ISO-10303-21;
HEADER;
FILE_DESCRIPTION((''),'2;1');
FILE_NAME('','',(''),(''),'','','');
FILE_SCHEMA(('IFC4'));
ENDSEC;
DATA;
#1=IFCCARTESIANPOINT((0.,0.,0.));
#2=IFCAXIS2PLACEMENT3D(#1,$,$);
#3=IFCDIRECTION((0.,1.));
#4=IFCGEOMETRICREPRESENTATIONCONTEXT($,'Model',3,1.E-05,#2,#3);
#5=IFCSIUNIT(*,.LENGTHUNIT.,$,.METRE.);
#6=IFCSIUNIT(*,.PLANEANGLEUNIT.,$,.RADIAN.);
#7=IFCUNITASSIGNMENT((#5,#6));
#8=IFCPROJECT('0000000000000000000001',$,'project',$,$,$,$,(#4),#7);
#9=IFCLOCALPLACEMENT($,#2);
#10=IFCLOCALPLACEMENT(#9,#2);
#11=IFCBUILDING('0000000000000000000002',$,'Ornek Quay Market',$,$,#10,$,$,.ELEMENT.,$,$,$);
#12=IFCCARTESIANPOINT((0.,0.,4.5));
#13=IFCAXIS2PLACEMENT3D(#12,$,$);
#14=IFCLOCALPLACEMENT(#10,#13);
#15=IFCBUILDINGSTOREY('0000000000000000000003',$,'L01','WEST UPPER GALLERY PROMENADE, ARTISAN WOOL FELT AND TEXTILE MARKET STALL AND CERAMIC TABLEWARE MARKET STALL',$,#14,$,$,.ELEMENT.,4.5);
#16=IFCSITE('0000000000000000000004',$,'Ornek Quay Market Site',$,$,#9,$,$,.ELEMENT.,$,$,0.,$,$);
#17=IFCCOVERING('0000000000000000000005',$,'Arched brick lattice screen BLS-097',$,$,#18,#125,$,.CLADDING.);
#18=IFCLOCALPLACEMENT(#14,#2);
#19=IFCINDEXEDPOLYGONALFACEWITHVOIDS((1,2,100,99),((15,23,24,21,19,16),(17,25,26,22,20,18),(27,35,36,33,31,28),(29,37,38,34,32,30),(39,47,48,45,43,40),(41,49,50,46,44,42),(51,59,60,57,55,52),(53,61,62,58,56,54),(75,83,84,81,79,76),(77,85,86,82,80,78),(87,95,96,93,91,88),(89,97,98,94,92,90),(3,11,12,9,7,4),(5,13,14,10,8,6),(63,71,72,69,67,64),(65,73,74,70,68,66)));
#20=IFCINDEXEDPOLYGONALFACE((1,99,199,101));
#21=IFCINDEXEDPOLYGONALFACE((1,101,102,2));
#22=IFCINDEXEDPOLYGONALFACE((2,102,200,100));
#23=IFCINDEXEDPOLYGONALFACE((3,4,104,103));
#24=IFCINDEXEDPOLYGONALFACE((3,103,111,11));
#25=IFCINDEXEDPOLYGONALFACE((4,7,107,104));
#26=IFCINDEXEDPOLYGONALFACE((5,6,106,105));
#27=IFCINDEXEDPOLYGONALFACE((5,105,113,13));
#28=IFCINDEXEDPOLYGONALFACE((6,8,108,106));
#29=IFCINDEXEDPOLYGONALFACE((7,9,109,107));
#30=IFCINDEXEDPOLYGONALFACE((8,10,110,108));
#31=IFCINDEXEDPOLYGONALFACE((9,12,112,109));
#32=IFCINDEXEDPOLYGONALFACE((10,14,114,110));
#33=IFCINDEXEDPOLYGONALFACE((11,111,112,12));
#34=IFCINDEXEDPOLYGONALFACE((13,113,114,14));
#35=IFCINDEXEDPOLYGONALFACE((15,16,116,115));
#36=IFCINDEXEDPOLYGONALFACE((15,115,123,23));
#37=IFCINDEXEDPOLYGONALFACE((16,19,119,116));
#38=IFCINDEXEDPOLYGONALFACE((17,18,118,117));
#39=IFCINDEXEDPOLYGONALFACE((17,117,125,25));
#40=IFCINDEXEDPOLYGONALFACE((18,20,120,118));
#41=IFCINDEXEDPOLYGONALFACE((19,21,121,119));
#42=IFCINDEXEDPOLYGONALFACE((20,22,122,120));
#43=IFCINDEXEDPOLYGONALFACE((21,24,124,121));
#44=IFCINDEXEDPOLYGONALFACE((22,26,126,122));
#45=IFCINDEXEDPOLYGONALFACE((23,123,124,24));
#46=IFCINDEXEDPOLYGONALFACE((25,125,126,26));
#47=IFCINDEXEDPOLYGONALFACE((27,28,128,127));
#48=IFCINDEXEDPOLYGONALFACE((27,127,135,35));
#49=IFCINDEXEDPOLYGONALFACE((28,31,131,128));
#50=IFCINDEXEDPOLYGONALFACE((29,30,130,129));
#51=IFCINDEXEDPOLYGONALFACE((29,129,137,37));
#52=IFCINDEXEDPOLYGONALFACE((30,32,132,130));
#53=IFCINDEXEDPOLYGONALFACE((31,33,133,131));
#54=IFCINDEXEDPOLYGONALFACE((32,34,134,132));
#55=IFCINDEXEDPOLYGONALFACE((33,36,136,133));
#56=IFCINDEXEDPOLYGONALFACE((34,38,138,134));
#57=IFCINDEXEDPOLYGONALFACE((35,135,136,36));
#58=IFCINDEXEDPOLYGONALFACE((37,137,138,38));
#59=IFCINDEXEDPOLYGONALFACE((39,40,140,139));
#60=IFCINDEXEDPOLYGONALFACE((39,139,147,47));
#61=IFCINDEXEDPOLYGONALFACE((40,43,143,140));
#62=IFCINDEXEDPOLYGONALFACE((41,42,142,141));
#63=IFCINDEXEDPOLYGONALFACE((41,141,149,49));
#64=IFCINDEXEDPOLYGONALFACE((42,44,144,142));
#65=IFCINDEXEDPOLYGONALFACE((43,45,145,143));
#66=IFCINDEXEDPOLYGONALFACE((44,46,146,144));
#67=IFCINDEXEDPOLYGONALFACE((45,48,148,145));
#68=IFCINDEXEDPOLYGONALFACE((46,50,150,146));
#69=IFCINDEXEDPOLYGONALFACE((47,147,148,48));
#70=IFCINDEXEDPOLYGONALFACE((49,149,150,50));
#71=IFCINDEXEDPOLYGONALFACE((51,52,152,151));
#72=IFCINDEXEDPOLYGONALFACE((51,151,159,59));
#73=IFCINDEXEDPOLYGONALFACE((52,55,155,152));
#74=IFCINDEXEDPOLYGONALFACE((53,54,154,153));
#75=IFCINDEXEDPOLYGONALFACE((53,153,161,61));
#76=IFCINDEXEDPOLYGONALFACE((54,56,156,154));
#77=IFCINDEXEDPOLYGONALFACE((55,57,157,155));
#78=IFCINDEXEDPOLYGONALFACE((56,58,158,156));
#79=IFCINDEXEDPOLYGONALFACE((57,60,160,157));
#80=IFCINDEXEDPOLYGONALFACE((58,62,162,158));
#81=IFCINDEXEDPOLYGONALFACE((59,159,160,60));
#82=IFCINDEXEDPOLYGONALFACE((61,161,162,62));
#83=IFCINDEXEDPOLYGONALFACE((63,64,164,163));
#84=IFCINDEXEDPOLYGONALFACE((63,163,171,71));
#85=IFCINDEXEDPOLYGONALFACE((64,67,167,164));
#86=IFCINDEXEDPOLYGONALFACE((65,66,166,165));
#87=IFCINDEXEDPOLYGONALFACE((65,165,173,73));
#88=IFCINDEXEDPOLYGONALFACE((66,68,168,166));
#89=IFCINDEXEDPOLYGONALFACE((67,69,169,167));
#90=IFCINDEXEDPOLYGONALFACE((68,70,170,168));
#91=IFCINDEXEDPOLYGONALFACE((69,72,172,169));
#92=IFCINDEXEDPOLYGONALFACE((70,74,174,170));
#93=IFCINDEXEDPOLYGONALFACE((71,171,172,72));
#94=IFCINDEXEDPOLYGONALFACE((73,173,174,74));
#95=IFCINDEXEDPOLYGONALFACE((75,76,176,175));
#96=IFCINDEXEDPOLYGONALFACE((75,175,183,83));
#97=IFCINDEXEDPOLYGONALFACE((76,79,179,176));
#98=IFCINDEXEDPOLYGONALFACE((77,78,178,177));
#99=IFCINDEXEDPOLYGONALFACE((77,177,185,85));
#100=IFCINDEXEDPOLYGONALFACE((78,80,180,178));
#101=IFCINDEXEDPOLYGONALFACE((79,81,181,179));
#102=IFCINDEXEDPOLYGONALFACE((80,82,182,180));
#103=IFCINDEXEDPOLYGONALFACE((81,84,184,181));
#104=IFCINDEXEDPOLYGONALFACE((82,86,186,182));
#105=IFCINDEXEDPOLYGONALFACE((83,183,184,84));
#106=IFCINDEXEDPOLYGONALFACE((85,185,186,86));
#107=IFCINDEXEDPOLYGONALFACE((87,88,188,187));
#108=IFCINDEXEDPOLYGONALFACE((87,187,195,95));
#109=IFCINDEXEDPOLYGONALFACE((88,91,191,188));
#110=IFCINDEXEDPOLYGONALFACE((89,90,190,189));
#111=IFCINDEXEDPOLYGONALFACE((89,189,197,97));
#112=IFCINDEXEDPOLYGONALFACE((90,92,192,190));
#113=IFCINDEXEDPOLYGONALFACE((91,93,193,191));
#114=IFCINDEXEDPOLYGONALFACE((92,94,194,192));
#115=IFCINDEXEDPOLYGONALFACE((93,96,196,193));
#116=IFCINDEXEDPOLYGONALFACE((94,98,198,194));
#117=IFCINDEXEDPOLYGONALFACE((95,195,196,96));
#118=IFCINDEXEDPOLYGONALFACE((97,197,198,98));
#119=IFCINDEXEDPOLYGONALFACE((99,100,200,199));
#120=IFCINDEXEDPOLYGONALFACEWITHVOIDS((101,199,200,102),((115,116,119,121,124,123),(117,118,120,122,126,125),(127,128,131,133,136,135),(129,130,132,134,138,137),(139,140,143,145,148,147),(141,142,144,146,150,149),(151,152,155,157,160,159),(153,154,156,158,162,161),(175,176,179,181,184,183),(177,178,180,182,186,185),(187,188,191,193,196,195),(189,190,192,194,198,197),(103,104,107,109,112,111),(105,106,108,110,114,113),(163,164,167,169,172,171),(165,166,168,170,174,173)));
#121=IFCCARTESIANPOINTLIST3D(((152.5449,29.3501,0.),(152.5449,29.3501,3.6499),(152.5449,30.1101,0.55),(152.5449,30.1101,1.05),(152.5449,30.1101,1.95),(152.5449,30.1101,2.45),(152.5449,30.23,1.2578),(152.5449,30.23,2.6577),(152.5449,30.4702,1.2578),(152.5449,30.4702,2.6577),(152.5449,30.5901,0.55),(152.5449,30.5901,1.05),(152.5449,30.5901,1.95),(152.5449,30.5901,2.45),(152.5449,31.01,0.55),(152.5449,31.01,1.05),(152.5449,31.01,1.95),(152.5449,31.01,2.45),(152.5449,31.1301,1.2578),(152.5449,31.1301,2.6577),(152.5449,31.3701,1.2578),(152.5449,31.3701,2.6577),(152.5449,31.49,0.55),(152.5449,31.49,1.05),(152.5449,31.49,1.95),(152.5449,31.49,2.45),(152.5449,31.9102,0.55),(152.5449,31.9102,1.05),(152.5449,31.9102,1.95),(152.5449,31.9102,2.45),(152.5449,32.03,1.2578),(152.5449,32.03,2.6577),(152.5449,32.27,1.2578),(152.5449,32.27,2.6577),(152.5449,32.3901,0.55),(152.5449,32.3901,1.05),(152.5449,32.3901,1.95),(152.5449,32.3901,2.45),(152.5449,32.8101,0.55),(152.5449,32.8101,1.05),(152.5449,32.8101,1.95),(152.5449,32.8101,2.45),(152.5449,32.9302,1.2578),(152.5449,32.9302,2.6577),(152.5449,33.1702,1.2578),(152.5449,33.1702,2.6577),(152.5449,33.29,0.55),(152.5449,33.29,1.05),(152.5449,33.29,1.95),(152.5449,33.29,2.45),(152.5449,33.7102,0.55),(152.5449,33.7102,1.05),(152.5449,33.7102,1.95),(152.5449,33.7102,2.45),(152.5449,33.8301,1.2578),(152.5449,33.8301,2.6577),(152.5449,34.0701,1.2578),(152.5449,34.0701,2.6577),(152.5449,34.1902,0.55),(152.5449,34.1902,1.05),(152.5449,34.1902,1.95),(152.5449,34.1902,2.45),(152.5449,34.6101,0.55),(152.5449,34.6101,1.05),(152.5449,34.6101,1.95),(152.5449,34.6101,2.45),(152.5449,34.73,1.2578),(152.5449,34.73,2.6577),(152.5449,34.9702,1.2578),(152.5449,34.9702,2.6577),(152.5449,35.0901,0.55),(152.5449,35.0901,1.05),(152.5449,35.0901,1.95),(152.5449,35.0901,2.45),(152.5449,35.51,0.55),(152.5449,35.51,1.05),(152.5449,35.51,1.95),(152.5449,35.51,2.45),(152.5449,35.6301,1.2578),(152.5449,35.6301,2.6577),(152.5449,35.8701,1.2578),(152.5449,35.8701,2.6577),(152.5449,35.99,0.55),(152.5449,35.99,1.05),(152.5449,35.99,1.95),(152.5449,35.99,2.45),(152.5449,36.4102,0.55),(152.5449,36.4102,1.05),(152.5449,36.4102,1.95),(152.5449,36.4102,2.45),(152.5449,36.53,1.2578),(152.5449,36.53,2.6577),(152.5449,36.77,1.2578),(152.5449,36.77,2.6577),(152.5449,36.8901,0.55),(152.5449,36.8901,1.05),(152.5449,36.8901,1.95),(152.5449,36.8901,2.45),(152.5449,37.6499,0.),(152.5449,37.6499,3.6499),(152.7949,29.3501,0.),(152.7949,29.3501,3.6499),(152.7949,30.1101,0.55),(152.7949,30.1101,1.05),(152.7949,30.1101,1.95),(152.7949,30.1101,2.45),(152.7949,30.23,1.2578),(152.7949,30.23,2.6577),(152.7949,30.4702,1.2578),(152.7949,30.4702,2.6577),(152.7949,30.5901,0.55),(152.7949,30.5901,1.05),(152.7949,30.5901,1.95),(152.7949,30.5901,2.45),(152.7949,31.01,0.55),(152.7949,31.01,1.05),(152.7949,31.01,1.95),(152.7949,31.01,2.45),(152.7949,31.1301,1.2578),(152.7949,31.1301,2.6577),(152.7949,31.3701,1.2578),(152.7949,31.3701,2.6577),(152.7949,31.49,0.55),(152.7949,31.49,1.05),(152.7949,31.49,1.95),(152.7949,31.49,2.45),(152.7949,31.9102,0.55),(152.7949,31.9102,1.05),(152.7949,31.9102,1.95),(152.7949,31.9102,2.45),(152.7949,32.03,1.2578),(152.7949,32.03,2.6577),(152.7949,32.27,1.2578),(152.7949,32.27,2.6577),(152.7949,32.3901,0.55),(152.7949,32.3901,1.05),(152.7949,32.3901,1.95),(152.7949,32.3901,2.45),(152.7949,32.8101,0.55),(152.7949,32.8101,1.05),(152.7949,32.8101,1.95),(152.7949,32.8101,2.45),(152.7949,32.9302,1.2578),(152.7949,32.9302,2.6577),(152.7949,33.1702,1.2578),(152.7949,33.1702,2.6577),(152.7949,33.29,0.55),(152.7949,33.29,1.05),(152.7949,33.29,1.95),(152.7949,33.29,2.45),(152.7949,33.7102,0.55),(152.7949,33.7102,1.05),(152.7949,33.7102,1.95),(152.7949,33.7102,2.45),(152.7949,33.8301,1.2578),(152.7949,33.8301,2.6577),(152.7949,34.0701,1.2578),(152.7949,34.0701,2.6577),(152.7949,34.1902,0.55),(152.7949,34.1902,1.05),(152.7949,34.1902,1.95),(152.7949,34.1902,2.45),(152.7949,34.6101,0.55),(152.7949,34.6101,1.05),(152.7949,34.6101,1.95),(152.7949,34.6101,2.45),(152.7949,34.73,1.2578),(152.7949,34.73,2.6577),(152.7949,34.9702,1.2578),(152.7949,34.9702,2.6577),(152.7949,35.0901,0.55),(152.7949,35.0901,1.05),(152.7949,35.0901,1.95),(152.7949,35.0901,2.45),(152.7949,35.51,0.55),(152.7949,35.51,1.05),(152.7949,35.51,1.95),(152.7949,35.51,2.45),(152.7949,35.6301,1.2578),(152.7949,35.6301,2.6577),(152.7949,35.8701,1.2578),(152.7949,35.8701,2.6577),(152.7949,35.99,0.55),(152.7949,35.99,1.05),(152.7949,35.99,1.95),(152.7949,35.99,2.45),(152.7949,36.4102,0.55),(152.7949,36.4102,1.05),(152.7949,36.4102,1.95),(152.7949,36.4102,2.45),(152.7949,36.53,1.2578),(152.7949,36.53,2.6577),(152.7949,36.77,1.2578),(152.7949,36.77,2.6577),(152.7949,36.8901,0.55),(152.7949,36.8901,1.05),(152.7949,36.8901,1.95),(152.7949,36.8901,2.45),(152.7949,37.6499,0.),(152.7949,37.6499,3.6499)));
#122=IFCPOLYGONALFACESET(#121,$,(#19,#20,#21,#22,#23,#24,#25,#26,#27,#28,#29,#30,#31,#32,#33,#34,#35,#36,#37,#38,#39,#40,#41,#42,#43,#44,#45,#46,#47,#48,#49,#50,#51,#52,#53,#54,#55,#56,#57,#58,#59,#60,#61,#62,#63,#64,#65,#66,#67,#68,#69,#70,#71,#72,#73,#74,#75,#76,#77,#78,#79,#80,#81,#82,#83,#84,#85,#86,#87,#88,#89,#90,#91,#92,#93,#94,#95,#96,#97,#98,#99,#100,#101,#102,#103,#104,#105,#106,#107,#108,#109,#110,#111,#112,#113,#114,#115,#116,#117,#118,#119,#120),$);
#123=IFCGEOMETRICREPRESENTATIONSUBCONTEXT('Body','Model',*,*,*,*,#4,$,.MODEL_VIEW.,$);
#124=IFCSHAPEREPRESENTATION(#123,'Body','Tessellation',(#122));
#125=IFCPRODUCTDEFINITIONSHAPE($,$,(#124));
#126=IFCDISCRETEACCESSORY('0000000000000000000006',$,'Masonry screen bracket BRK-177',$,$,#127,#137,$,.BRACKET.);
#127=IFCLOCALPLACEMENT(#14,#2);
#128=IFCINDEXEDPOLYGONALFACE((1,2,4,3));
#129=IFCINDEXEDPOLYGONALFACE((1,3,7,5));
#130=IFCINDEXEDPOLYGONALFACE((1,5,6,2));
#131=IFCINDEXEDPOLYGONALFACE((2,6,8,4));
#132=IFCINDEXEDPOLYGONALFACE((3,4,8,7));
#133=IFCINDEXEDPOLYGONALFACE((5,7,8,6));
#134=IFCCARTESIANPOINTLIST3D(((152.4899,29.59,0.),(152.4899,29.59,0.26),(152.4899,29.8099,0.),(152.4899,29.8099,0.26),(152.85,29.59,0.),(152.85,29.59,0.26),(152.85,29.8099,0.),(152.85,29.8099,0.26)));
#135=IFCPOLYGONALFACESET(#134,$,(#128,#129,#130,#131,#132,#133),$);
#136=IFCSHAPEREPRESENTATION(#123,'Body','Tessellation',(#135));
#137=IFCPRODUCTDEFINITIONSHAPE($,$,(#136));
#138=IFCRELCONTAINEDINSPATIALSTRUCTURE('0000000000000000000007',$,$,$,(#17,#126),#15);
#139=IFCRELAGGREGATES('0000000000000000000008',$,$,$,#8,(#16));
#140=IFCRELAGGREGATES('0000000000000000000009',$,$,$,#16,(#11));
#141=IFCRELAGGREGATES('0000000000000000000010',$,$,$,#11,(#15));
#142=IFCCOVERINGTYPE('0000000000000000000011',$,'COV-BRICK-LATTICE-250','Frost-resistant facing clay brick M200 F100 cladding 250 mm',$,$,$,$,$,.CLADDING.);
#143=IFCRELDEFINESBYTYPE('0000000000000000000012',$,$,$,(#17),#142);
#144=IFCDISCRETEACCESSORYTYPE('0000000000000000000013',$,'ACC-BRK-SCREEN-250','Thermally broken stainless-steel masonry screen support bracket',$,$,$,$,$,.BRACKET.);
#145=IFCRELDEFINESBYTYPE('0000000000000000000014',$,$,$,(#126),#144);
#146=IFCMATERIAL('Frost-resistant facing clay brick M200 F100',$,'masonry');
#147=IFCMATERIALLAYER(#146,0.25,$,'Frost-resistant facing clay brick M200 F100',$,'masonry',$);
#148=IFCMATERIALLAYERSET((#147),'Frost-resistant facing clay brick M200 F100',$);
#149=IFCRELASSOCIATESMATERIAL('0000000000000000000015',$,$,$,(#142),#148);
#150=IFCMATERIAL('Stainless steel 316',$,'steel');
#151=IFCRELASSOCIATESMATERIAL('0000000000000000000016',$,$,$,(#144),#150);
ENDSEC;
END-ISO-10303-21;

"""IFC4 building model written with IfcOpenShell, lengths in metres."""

from ifc_helpers import new_model, si_unit, direction, frame, origin, origin_2d, place, context, subcontext, project, spatial, polyline, rectangle, outline, extrude, material, layer, layer_set, type_object, element, save


model = new_model("IFC4")

# Units and contexts
model_context = context("Model", 3, precision=1e-05, world=origin(), true_north=direction((0.0, 1.0)))
body_context = subcontext(model_context, "Body", "Model", "MODEL_VIEW")
ifc_project = project(units=[si_unit("LENGTHUNIT", "METRE"), si_unit("PLANEANGLEUNIT", "RADIAN")], contexts=[model_context])

# Site, building, storey
site_placement = place(None, origin())
site = spatial("IfcSite", under=ifc_project, at=site_placement, Name="Ornek Quay Market Site", CompositionType="ELEMENT", RefElevation=0.0)
building_placement = place(site_placement, origin())
building = spatial("IfcBuilding", under=site, at=building_placement, Name="Ornek Quay Market", CompositionType="ELEMENT")
storey_placement = place(building_placement, frame((0.0, 0.0, 4.5)))
storey = spatial("IfcBuildingStorey", under=building, at=storey_placement, Name="L01", Description="WEST UPPER GALLERY PROMENADE, ARTISAN WOOL FELT AND TEXTILE MARKET STALL AND CERAMIC TABLEWARE MARKET STALL", CompositionType="ELEMENT", Elevation=4.5)

# Shared definitions
ifc_material_1 = material(Name="Frost-resistant facing clay brick M200 F100", Category="masonry")

# Covering
ifc_layer_1 = layer(ifc_material_1, 0.25, Name="Frost-resistant facing clay brick M200 F100", Category="masonry")
ifc_layer_set_1 = layer_set([ifc_layer_1], Name="Frost-resistant facing clay brick M200 F100")
covering_type = type_object("IfcCoveringType", Name="COV-BRICK-LATTICE-250", Description="Frost-resistant facing clay brick M200 F100 cladding 250 mm", PredefinedType="CLADDING", material=ifc_layer_set_1)
covering_placement = place(storey_placement, frame((152.6699, 29.3501, 0.0), z_axis=(0.0, 0.0, 1.0), x_axis=(0.0, 1.0, 0.0)))
element("IfcCovering", 1, at=covering_placement, inside=storey, type_object=covering_type, Name="Arched brick lattice screen BLS-097", PredefinedType="CLADDING", context=body_context, shape_type="SweptSolid", body=[
    extrude(outline(polyline([(0.0, 0.0), (8.2998, 0.0), (8.2998, 3.6499), (0.0, 3.6499), (0.0, 0.0)]), holes=[polyline([(0.76, 0.55), (1.24, 0.55), (1.24, 1.05), (1.1201, 1.2578), (0.8799, 1.2578), (0.76, 1.05), (0.76, 0.55)]), polyline([(0.76, 1.95), (1.24, 1.95), (1.24, 2.45), (1.1201, 2.6577), (0.8799, 2.6577), (0.76, 2.45), (0.76, 1.95)]), polyline([(1.6599, 0.55), (2.1399, 0.55), (2.1399, 1.05), (2.02, 1.2578), (1.78, 1.2578), (1.6599, 1.05), (1.6599, 0.55)]), polyline([(1.6599, 1.95), (2.1399, 1.95), (2.1399, 2.45), (2.02, 2.6577), (1.78, 2.6577), (1.6599, 2.45), (1.6599, 1.95)]), polyline([(2.5601, 0.55), (3.04, 0.55), (3.04, 1.05), (2.9199, 1.2578), (2.6799, 1.2578), (2.5601, 1.05), (2.5601, 0.55)]), polyline([(2.5601, 1.95), (3.04, 1.95), (3.04, 2.45), (2.9199, 2.6577), (2.6799, 2.6577), (2.5601, 2.45), (2.5601, 1.95)]), polyline([(3.46, 0.55), (3.9399, 0.55), (3.9399, 1.05), (3.8201, 1.2578), (3.5801, 1.2578), (3.46, 1.05), (3.46, 0.55)]), polyline([(3.46, 1.95), (3.9399, 1.95), (3.9399, 2.45), (3.8201, 2.6577), (3.5801, 2.6577), (3.46, 2.45), (3.46, 1.95)]), polyline([(4.3601, 0.55), (4.8401, 0.55), (4.8401, 1.05), (4.72, 1.2578), (4.48, 1.2578), (4.3601, 1.05), (4.3601, 0.55)]), polyline([(4.3601, 1.95), (4.8401, 1.95), (4.8401, 2.45), (4.72, 2.6577), (4.48, 2.6577), (4.3601, 2.45), (4.3601, 1.95)]), polyline([(5.26, 0.55), (5.74, 0.55), (5.74, 1.05), (5.6201, 1.2578), (5.3799, 1.2578), (5.26, 1.05), (5.26, 0.55)]), polyline([(5.26, 1.95), (5.74, 1.95), (5.74, 2.45), (5.6201, 2.6577), (5.3799, 2.6577), (5.26, 2.45), (5.26, 1.95)]), polyline([(6.1599, 0.55), (6.6399, 0.55), (6.6399, 1.05), (6.52, 1.2578), (6.28, 1.2578), (6.1599, 1.05), (6.1599, 0.55)]), polyline([(6.1599, 1.95), (6.6399, 1.95), (6.6399, 2.45), (6.52, 2.6577), (6.28, 2.6577), (6.1599, 2.45), (6.1599, 1.95)]), polyline([(7.0601, 0.55), (7.54, 0.55), (7.54, 1.05), (7.4199, 1.2578), (7.1799, 1.2578), (7.0601, 1.05), (7.0601, 0.55)]), polyline([(7.0601, 1.95), (7.54, 1.95), (7.54, 2.45), (7.4199, 2.6577), (7.1799, 2.6577), (7.0601, 2.45), (7.0601, 1.95)])]), frame((0.0, 0.125, 0.0), z_axis=(0.0, -1.0, 0.0), x_axis=(1.0, 0.0, 0.0)), (0.0, 0.0, 1.0), 0.25),
])

# Discrete accessory
ifc_material_2 = material(Name="Stainless steel 316", Category="steel")
discrete_accessory_type = type_object("IfcDiscreteAccessoryType", Name="ACC-BRK-SCREEN-250", Description="Thermally broken stainless-steel masonry screen support bracket", PredefinedType="BRACKET", material=ifc_material_2)
discrete_accessory_placement = place(storey_placement, frame((152.6699, 29.7, 0.0), z_axis=(0.0, 0.0, 1.0), x_axis=(0.0, 1.0, 0.0)))
element("IfcDiscreteAccessory", 2, at=discrete_accessory_placement, inside=storey, type_object=discrete_accessory_type, Name="Masonry screen bracket BRK-177", PredefinedType="BRACKET", context=body_context, shape_type="SweptSolid", body=[
    extrude(rectangle(XDim=0.22, YDim=0.3601, at=origin_2d()), origin(), (0.0, 0.0, 1.0), 0.26),
])

save(model, "model.ifc")
